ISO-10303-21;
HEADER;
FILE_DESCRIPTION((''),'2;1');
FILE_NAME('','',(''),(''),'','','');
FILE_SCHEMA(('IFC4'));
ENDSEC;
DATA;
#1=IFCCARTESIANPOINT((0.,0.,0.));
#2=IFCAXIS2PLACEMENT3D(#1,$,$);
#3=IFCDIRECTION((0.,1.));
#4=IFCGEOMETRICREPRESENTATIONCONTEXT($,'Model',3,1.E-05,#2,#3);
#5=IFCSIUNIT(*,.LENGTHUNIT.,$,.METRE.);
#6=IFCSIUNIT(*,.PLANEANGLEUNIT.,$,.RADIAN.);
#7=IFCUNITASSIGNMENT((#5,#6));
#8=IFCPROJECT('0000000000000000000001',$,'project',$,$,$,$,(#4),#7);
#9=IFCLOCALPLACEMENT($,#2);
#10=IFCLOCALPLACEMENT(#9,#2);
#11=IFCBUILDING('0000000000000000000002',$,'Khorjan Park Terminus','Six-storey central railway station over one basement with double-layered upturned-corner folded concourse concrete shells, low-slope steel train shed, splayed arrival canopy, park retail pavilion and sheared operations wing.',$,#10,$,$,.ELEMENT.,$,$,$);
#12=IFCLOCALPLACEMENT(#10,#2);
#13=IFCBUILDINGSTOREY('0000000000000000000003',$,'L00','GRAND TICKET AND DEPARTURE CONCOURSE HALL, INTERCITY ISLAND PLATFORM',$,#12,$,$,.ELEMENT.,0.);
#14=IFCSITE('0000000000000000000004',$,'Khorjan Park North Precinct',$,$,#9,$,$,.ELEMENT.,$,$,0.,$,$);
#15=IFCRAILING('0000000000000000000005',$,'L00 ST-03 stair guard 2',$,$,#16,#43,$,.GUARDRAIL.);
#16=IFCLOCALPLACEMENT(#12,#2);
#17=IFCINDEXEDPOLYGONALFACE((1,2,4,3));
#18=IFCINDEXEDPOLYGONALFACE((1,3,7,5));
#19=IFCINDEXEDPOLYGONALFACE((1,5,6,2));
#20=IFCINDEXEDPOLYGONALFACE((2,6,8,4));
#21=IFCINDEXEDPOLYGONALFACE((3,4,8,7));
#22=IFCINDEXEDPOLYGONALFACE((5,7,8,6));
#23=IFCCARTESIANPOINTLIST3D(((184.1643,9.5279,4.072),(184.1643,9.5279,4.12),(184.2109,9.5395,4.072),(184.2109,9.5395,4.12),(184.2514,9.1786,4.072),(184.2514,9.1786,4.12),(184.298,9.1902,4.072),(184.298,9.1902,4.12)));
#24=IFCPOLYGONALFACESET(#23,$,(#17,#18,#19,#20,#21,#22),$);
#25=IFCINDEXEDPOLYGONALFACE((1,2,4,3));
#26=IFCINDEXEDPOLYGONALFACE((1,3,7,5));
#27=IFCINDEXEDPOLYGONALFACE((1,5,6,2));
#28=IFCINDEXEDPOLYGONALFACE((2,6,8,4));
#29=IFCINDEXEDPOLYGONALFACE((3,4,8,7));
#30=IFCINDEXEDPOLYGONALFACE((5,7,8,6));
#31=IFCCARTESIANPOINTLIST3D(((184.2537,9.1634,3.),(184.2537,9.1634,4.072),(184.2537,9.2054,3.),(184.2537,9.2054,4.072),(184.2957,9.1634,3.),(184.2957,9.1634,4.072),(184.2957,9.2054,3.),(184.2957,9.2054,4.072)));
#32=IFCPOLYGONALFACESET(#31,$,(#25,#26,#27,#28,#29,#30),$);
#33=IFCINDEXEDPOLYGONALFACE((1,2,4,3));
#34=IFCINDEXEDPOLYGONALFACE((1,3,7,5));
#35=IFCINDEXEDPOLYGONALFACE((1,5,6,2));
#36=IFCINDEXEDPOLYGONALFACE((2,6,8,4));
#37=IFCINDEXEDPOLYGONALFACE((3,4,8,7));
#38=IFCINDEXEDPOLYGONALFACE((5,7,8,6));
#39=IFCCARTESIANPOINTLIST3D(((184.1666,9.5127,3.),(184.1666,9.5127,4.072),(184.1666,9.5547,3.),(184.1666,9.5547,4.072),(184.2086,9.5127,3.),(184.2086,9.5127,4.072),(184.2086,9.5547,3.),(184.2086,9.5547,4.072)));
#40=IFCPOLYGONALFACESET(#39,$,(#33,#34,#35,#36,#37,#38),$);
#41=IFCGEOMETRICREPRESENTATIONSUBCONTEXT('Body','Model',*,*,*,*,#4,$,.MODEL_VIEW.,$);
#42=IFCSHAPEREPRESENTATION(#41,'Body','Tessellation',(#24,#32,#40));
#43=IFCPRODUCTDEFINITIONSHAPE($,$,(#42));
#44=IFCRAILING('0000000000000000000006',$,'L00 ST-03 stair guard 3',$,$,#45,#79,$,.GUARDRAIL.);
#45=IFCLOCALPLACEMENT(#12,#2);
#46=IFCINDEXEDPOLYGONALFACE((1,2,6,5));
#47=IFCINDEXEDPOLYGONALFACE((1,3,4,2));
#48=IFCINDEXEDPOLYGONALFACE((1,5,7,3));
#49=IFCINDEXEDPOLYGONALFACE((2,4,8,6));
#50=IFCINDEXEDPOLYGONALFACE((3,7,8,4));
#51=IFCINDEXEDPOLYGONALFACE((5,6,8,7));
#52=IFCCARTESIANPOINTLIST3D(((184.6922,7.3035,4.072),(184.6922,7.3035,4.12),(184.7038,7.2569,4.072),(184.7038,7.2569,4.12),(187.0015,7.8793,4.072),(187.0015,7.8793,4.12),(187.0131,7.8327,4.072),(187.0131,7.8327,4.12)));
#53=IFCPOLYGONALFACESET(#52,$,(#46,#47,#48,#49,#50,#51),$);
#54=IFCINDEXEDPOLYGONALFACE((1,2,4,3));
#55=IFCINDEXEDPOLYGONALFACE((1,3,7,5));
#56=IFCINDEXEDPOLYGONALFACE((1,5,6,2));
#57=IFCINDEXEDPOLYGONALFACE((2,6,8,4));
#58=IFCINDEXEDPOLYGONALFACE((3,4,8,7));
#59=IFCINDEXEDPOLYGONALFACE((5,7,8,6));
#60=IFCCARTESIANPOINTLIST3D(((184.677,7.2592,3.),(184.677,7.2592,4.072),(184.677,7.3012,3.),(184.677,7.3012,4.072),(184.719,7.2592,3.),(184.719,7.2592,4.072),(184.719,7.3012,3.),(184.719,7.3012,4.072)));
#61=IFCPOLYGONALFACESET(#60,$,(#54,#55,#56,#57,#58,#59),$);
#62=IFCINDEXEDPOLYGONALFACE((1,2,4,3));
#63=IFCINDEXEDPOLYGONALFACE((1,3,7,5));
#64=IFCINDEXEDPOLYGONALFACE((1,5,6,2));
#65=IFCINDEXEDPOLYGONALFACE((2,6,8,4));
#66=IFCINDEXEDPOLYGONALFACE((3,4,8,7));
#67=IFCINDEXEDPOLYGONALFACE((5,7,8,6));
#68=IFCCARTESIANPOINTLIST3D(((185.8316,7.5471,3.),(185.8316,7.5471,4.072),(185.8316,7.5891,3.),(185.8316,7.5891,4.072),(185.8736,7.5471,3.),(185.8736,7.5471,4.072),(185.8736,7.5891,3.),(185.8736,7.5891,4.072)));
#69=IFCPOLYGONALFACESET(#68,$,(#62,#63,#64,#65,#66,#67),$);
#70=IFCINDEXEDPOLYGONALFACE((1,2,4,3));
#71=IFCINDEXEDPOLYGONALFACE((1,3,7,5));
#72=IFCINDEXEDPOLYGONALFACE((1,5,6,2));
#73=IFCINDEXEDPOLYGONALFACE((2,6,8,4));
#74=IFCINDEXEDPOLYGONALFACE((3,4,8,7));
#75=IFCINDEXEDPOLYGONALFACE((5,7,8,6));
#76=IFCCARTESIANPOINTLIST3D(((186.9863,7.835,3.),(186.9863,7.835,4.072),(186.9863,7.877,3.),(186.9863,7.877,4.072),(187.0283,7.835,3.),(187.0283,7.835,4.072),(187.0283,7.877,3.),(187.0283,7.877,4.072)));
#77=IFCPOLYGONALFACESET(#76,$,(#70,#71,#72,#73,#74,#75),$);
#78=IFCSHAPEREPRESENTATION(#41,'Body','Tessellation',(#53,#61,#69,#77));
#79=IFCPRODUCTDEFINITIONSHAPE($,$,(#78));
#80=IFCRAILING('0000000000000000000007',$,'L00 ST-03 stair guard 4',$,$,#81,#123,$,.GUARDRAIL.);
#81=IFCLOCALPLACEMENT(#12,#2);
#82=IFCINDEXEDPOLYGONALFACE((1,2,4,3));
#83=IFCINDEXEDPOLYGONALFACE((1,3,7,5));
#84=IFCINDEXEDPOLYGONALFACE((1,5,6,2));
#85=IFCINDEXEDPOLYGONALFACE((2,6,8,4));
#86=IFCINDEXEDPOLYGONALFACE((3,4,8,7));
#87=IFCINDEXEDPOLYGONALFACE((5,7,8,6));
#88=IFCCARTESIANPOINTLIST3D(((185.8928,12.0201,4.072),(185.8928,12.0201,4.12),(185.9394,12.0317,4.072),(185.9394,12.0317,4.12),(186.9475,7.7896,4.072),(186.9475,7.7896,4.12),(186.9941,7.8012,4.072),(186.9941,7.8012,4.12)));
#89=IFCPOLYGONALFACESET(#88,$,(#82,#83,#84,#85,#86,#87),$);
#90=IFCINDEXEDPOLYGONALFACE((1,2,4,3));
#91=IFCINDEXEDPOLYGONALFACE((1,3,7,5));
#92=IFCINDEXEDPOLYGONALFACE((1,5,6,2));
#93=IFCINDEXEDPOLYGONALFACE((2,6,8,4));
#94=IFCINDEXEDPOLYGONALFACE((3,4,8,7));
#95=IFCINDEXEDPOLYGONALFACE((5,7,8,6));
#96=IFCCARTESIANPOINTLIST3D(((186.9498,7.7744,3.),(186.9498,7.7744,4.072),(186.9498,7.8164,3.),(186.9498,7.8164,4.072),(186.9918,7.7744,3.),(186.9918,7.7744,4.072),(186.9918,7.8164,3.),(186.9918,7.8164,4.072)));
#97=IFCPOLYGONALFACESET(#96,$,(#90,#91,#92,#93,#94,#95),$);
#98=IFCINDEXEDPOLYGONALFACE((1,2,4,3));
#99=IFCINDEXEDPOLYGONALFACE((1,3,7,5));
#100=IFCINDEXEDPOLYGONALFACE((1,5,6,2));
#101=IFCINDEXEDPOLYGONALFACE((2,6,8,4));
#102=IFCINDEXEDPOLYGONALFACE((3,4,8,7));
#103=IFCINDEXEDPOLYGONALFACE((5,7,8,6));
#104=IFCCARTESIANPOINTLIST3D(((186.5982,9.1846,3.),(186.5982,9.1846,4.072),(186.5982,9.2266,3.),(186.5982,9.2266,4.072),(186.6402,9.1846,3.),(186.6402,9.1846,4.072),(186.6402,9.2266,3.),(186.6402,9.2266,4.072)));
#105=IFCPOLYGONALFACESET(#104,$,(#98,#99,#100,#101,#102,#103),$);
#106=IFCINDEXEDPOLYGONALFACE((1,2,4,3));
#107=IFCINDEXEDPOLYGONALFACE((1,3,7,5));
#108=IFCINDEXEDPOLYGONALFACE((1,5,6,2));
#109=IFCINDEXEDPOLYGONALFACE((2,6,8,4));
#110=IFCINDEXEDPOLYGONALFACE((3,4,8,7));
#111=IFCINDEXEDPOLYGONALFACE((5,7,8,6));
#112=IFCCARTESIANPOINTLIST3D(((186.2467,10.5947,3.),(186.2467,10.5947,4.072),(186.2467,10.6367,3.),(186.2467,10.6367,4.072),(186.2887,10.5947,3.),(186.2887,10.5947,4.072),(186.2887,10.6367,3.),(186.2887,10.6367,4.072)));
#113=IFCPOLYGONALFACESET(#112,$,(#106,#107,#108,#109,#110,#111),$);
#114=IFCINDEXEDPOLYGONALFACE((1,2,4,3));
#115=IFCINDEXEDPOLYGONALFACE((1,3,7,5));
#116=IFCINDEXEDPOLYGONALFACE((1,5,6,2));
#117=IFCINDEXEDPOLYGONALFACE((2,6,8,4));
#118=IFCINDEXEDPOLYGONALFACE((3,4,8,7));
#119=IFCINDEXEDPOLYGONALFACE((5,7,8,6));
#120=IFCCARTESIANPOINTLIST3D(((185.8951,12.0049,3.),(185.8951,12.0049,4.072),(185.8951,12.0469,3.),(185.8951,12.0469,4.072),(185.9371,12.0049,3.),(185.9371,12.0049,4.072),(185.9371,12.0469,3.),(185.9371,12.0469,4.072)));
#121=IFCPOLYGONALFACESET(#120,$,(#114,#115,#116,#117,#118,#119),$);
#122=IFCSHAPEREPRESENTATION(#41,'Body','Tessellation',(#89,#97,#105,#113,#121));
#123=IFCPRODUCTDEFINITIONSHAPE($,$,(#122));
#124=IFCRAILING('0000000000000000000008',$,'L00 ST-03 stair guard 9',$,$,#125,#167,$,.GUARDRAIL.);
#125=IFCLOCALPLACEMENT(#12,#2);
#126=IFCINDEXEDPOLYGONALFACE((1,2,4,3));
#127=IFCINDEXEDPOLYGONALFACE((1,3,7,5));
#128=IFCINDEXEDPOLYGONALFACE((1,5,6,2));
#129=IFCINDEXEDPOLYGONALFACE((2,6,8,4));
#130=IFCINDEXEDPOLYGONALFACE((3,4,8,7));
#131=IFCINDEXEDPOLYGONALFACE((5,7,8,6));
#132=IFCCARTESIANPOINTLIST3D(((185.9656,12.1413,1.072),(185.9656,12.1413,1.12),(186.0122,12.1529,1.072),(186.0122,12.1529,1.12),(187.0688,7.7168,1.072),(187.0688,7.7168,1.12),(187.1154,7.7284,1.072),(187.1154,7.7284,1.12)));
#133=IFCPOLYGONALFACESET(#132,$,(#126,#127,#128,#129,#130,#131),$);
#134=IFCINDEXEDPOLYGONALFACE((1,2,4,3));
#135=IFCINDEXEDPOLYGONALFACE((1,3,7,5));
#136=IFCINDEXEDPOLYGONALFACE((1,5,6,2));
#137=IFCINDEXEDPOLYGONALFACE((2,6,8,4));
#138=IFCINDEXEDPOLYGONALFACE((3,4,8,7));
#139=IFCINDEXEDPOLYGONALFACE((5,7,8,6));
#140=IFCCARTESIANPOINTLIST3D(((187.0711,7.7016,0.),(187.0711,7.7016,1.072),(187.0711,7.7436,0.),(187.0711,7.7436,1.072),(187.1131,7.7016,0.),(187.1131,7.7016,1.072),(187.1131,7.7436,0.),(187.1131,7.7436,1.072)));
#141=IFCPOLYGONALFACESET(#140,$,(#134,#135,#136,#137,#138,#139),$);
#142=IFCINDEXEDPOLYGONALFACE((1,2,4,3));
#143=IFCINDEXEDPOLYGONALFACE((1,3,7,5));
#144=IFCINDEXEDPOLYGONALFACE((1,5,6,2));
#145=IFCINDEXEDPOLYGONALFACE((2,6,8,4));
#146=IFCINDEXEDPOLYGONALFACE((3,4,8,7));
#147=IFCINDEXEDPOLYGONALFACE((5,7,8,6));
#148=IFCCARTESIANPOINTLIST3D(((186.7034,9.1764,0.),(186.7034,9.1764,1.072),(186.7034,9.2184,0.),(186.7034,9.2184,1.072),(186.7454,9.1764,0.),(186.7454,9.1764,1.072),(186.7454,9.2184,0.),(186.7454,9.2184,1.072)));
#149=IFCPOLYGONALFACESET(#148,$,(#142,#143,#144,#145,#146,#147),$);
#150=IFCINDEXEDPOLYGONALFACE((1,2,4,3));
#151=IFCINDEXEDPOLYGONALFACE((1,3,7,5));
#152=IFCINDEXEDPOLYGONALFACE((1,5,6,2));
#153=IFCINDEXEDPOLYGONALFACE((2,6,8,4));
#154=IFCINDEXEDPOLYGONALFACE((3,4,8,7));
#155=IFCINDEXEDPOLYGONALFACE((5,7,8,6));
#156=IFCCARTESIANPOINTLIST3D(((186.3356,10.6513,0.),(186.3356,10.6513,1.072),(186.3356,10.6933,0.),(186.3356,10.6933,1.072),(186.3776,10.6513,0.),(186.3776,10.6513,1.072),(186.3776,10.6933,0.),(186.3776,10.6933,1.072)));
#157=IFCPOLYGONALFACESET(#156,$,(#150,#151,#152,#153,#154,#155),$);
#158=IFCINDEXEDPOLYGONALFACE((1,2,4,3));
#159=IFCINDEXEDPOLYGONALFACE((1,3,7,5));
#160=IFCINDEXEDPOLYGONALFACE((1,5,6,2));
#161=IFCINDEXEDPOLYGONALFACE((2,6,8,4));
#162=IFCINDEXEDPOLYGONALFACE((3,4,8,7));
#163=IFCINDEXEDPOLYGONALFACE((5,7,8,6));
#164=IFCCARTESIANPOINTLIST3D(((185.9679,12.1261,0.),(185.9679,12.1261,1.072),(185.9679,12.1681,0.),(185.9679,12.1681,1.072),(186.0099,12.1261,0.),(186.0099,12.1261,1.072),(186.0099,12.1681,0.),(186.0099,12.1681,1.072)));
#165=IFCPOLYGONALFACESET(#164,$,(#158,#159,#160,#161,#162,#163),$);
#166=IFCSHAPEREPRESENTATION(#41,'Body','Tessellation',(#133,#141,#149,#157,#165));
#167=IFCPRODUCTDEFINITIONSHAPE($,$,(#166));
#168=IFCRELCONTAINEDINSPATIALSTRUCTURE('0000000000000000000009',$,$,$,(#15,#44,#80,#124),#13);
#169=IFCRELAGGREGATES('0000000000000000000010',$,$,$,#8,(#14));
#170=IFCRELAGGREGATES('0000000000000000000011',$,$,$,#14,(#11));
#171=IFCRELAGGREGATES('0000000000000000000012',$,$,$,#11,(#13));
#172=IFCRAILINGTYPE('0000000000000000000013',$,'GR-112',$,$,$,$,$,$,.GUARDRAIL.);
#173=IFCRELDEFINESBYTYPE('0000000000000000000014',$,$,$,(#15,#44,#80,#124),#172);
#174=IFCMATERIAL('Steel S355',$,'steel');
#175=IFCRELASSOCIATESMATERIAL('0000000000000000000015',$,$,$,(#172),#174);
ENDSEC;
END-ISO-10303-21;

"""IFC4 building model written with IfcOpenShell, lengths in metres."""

from ifc_helpers import new_model, si_unit, direction, frame, origin, origin_2d, place, context, subcontext, project, spatial, rectangle, extrude, material, type_object, element, save


model = new_model("IFC4")

# Units and contexts
model_context = context("Model", 3, precision=1e-05, world=origin(), true_north=direction((0.0, 1.0)))
body_context = subcontext(model_context, "Body", "Model", "MODEL_VIEW")
ifc_project = project(units=[si_unit("LENGTHUNIT", "METRE"), si_unit("PLANEANGLEUNIT", "RADIAN")], contexts=[model_context])

# Site, building, storey
site_placement = place(None, origin())
site = spatial("IfcSite", under=ifc_project, at=site_placement, Name="Khorjan Park North Precinct", CompositionType="ELEMENT", RefElevation=0.0)
building_placement = place(site_placement, origin())
building = spatial("IfcBuilding", under=site, at=building_placement, Name="Khorjan Park Terminus", Description="Six-storey central railway station over one basement with double-layered upturned-corner folded concourse concrete shells, low-slope steel train shed, splayed arrival canopy, park retail pavilion and sheared operations wing.", CompositionType="ELEMENT")
storey_placement = place(building_placement, origin())
storey = spatial("IfcBuildingStorey", under=building, at=storey_placement, Name="L00", Description="GRAND TICKET AND DEPARTURE CONCOURSE HALL, INTERCITY ISLAND PLATFORM", CompositionType="ELEMENT", Elevation=0.0)

# Railings
ifc_material_1 = material(Name="Steel S355", Category="steel")
railing_type = type_object("IfcRailingType", Name="GR-112", PredefinedType="GUARDRAIL", material=ifc_material_1)
railing_1_placement = place(storey_placement, frame((184.2747, 9.1844, 3.0)))
element("IfcRailing", 1, at=railing_1_placement, inside=storey, type_object=railing_type, Name="L00 ST-03 stair guard 2", PredefinedType="GUARDRAIL", context=body_context, shape_type="SweptSolid", body=[
    extrude(rectangle(XDim=0.048, YDim=0.048, at=origin_2d()), frame((0.0, 0.0, 1.096), z_axis=(-0.241947, 0.970289, 0.0), x_axis=(-0.970289, -0.241947, 0.0)), (0.0, 0.0, 1.0), 0.36),
    extrude(rectangle(XDim=0.042, YDim=0.042, at=origin_2d()), origin(), (0.0, 0.0, 1.0), 1.072),
    extrude(rectangle(XDim=0.042, YDim=0.042, at=origin_2d()), frame((-0.0871, 0.3493, 0.0)), (0.0, 0.0, 1.0), 1.072),
])
railing_2_placement = place(storey_placement, frame((184.698, 7.2802, 3.0)))
element("IfcRailing", 2, at=railing_2_placement, inside=storey, type_object=railing_type, Name="L00 ST-03 stair guard 3", PredefinedType="GUARDRAIL", context=body_context, shape_type="SweptSolid", body=[
    extrude(rectangle(XDim=0.048, YDim=0.048, at=origin_2d()), frame((0.0, 0.0, 1.096), z_axis=(0.970293, 0.241933, 0.0), x_axis=(-0.241933, 0.970293, 0.0)), (0.0, 0.0, 1.0), 2.38),
    extrude(rectangle(XDim=0.042, YDim=0.042, at=origin_2d()), origin(), (0.0, 0.0, 1.0), 1.072),
    extrude(rectangle(XDim=0.042, YDim=0.042, at=origin_2d()), frame((1.1546, 0.2879, 0.0)), (0.0, 0.0, 1.0), 1.072),
    extrude(rectangle(XDim=0.042, YDim=0.042, at=origin_2d()), frame((2.3093, 0.5758, 0.0)), (0.0, 0.0, 1.0), 1.072),
])
railing_3_placement = place(storey_placement, frame((186.9708, 7.7954, 3.0)))
element("IfcRailing", 3, at=railing_3_placement, inside=storey, type_object=railing_type, Name="L00 ST-03 stair guard 4", PredefinedType="GUARDRAIL", context=body_context, shape_type="SweptSolid", body=[
    extrude(rectangle(XDim=0.048, YDim=0.048, at=origin_2d()), frame((0.0, 0.0, 1.096), z_axis=(-0.241904, 0.9703, 0.0), x_axis=(-0.9703, -0.241904, 0.0)), (0.0, 0.0, 1.0), 4.36),
    extrude(rectangle(XDim=0.042, YDim=0.042, at=origin_2d()), origin(), (0.0, 0.0, 1.0), 1.072),
    extrude(rectangle(XDim=0.042, YDim=0.042, at=origin_2d()), frame((-0.3516, 1.4102, 0.0)), (0.0, 0.0, 1.0), 1.072),
    extrude(rectangle(XDim=0.042, YDim=0.042, at=origin_2d()), frame((-0.7031, 2.8203, 0.0)), (0.0, 0.0, 1.0), 1.072),
    extrude(rectangle(XDim=0.042, YDim=0.042, at=origin_2d()), frame((-1.0547, 4.2305, 0.0)), (0.0, 0.0, 1.0), 1.072),
])
railing_4_placement = place(storey_placement, frame((187.0921, 7.7226, 0.0)))
element("IfcRailing", 4, at=railing_4_placement, inside=storey, type_object=railing_type, Name="L00 ST-03 stair guard 9", PredefinedType="GUARDRAIL", context=body_context, shape_type="SweptSolid", body=[
    extrude(rectangle(XDim=0.048, YDim=0.048, at=origin_2d()), frame((0.0, 0.0, 1.096), z_axis=(-0.241932, 0.970293, 0.0), x_axis=(-0.970293, -0.241932, 0.0)), (0.0, 0.0, 1.0), 4.56),
    extrude(rectangle(XDim=0.042, YDim=0.042, at=origin_2d()), origin(), (0.0, 0.0, 1.0), 1.072),
    extrude(rectangle(XDim=0.042, YDim=0.042, at=origin_2d()), frame((-0.3677, 1.4748, 0.0)), (0.0, 0.0, 1.0), 1.072),
    extrude(rectangle(XDim=0.042, YDim=0.042, at=origin_2d()), frame((-0.7355, 2.9497, 0.0)), (0.0, 0.0, 1.0), 1.072),
    extrude(rectangle(XDim=0.042, YDim=0.042, at=origin_2d()), frame((-1.1032, 4.4245, 0.0)), (0.0, 0.0, 1.0), 1.072),
])

save(model, "model.ifc")
